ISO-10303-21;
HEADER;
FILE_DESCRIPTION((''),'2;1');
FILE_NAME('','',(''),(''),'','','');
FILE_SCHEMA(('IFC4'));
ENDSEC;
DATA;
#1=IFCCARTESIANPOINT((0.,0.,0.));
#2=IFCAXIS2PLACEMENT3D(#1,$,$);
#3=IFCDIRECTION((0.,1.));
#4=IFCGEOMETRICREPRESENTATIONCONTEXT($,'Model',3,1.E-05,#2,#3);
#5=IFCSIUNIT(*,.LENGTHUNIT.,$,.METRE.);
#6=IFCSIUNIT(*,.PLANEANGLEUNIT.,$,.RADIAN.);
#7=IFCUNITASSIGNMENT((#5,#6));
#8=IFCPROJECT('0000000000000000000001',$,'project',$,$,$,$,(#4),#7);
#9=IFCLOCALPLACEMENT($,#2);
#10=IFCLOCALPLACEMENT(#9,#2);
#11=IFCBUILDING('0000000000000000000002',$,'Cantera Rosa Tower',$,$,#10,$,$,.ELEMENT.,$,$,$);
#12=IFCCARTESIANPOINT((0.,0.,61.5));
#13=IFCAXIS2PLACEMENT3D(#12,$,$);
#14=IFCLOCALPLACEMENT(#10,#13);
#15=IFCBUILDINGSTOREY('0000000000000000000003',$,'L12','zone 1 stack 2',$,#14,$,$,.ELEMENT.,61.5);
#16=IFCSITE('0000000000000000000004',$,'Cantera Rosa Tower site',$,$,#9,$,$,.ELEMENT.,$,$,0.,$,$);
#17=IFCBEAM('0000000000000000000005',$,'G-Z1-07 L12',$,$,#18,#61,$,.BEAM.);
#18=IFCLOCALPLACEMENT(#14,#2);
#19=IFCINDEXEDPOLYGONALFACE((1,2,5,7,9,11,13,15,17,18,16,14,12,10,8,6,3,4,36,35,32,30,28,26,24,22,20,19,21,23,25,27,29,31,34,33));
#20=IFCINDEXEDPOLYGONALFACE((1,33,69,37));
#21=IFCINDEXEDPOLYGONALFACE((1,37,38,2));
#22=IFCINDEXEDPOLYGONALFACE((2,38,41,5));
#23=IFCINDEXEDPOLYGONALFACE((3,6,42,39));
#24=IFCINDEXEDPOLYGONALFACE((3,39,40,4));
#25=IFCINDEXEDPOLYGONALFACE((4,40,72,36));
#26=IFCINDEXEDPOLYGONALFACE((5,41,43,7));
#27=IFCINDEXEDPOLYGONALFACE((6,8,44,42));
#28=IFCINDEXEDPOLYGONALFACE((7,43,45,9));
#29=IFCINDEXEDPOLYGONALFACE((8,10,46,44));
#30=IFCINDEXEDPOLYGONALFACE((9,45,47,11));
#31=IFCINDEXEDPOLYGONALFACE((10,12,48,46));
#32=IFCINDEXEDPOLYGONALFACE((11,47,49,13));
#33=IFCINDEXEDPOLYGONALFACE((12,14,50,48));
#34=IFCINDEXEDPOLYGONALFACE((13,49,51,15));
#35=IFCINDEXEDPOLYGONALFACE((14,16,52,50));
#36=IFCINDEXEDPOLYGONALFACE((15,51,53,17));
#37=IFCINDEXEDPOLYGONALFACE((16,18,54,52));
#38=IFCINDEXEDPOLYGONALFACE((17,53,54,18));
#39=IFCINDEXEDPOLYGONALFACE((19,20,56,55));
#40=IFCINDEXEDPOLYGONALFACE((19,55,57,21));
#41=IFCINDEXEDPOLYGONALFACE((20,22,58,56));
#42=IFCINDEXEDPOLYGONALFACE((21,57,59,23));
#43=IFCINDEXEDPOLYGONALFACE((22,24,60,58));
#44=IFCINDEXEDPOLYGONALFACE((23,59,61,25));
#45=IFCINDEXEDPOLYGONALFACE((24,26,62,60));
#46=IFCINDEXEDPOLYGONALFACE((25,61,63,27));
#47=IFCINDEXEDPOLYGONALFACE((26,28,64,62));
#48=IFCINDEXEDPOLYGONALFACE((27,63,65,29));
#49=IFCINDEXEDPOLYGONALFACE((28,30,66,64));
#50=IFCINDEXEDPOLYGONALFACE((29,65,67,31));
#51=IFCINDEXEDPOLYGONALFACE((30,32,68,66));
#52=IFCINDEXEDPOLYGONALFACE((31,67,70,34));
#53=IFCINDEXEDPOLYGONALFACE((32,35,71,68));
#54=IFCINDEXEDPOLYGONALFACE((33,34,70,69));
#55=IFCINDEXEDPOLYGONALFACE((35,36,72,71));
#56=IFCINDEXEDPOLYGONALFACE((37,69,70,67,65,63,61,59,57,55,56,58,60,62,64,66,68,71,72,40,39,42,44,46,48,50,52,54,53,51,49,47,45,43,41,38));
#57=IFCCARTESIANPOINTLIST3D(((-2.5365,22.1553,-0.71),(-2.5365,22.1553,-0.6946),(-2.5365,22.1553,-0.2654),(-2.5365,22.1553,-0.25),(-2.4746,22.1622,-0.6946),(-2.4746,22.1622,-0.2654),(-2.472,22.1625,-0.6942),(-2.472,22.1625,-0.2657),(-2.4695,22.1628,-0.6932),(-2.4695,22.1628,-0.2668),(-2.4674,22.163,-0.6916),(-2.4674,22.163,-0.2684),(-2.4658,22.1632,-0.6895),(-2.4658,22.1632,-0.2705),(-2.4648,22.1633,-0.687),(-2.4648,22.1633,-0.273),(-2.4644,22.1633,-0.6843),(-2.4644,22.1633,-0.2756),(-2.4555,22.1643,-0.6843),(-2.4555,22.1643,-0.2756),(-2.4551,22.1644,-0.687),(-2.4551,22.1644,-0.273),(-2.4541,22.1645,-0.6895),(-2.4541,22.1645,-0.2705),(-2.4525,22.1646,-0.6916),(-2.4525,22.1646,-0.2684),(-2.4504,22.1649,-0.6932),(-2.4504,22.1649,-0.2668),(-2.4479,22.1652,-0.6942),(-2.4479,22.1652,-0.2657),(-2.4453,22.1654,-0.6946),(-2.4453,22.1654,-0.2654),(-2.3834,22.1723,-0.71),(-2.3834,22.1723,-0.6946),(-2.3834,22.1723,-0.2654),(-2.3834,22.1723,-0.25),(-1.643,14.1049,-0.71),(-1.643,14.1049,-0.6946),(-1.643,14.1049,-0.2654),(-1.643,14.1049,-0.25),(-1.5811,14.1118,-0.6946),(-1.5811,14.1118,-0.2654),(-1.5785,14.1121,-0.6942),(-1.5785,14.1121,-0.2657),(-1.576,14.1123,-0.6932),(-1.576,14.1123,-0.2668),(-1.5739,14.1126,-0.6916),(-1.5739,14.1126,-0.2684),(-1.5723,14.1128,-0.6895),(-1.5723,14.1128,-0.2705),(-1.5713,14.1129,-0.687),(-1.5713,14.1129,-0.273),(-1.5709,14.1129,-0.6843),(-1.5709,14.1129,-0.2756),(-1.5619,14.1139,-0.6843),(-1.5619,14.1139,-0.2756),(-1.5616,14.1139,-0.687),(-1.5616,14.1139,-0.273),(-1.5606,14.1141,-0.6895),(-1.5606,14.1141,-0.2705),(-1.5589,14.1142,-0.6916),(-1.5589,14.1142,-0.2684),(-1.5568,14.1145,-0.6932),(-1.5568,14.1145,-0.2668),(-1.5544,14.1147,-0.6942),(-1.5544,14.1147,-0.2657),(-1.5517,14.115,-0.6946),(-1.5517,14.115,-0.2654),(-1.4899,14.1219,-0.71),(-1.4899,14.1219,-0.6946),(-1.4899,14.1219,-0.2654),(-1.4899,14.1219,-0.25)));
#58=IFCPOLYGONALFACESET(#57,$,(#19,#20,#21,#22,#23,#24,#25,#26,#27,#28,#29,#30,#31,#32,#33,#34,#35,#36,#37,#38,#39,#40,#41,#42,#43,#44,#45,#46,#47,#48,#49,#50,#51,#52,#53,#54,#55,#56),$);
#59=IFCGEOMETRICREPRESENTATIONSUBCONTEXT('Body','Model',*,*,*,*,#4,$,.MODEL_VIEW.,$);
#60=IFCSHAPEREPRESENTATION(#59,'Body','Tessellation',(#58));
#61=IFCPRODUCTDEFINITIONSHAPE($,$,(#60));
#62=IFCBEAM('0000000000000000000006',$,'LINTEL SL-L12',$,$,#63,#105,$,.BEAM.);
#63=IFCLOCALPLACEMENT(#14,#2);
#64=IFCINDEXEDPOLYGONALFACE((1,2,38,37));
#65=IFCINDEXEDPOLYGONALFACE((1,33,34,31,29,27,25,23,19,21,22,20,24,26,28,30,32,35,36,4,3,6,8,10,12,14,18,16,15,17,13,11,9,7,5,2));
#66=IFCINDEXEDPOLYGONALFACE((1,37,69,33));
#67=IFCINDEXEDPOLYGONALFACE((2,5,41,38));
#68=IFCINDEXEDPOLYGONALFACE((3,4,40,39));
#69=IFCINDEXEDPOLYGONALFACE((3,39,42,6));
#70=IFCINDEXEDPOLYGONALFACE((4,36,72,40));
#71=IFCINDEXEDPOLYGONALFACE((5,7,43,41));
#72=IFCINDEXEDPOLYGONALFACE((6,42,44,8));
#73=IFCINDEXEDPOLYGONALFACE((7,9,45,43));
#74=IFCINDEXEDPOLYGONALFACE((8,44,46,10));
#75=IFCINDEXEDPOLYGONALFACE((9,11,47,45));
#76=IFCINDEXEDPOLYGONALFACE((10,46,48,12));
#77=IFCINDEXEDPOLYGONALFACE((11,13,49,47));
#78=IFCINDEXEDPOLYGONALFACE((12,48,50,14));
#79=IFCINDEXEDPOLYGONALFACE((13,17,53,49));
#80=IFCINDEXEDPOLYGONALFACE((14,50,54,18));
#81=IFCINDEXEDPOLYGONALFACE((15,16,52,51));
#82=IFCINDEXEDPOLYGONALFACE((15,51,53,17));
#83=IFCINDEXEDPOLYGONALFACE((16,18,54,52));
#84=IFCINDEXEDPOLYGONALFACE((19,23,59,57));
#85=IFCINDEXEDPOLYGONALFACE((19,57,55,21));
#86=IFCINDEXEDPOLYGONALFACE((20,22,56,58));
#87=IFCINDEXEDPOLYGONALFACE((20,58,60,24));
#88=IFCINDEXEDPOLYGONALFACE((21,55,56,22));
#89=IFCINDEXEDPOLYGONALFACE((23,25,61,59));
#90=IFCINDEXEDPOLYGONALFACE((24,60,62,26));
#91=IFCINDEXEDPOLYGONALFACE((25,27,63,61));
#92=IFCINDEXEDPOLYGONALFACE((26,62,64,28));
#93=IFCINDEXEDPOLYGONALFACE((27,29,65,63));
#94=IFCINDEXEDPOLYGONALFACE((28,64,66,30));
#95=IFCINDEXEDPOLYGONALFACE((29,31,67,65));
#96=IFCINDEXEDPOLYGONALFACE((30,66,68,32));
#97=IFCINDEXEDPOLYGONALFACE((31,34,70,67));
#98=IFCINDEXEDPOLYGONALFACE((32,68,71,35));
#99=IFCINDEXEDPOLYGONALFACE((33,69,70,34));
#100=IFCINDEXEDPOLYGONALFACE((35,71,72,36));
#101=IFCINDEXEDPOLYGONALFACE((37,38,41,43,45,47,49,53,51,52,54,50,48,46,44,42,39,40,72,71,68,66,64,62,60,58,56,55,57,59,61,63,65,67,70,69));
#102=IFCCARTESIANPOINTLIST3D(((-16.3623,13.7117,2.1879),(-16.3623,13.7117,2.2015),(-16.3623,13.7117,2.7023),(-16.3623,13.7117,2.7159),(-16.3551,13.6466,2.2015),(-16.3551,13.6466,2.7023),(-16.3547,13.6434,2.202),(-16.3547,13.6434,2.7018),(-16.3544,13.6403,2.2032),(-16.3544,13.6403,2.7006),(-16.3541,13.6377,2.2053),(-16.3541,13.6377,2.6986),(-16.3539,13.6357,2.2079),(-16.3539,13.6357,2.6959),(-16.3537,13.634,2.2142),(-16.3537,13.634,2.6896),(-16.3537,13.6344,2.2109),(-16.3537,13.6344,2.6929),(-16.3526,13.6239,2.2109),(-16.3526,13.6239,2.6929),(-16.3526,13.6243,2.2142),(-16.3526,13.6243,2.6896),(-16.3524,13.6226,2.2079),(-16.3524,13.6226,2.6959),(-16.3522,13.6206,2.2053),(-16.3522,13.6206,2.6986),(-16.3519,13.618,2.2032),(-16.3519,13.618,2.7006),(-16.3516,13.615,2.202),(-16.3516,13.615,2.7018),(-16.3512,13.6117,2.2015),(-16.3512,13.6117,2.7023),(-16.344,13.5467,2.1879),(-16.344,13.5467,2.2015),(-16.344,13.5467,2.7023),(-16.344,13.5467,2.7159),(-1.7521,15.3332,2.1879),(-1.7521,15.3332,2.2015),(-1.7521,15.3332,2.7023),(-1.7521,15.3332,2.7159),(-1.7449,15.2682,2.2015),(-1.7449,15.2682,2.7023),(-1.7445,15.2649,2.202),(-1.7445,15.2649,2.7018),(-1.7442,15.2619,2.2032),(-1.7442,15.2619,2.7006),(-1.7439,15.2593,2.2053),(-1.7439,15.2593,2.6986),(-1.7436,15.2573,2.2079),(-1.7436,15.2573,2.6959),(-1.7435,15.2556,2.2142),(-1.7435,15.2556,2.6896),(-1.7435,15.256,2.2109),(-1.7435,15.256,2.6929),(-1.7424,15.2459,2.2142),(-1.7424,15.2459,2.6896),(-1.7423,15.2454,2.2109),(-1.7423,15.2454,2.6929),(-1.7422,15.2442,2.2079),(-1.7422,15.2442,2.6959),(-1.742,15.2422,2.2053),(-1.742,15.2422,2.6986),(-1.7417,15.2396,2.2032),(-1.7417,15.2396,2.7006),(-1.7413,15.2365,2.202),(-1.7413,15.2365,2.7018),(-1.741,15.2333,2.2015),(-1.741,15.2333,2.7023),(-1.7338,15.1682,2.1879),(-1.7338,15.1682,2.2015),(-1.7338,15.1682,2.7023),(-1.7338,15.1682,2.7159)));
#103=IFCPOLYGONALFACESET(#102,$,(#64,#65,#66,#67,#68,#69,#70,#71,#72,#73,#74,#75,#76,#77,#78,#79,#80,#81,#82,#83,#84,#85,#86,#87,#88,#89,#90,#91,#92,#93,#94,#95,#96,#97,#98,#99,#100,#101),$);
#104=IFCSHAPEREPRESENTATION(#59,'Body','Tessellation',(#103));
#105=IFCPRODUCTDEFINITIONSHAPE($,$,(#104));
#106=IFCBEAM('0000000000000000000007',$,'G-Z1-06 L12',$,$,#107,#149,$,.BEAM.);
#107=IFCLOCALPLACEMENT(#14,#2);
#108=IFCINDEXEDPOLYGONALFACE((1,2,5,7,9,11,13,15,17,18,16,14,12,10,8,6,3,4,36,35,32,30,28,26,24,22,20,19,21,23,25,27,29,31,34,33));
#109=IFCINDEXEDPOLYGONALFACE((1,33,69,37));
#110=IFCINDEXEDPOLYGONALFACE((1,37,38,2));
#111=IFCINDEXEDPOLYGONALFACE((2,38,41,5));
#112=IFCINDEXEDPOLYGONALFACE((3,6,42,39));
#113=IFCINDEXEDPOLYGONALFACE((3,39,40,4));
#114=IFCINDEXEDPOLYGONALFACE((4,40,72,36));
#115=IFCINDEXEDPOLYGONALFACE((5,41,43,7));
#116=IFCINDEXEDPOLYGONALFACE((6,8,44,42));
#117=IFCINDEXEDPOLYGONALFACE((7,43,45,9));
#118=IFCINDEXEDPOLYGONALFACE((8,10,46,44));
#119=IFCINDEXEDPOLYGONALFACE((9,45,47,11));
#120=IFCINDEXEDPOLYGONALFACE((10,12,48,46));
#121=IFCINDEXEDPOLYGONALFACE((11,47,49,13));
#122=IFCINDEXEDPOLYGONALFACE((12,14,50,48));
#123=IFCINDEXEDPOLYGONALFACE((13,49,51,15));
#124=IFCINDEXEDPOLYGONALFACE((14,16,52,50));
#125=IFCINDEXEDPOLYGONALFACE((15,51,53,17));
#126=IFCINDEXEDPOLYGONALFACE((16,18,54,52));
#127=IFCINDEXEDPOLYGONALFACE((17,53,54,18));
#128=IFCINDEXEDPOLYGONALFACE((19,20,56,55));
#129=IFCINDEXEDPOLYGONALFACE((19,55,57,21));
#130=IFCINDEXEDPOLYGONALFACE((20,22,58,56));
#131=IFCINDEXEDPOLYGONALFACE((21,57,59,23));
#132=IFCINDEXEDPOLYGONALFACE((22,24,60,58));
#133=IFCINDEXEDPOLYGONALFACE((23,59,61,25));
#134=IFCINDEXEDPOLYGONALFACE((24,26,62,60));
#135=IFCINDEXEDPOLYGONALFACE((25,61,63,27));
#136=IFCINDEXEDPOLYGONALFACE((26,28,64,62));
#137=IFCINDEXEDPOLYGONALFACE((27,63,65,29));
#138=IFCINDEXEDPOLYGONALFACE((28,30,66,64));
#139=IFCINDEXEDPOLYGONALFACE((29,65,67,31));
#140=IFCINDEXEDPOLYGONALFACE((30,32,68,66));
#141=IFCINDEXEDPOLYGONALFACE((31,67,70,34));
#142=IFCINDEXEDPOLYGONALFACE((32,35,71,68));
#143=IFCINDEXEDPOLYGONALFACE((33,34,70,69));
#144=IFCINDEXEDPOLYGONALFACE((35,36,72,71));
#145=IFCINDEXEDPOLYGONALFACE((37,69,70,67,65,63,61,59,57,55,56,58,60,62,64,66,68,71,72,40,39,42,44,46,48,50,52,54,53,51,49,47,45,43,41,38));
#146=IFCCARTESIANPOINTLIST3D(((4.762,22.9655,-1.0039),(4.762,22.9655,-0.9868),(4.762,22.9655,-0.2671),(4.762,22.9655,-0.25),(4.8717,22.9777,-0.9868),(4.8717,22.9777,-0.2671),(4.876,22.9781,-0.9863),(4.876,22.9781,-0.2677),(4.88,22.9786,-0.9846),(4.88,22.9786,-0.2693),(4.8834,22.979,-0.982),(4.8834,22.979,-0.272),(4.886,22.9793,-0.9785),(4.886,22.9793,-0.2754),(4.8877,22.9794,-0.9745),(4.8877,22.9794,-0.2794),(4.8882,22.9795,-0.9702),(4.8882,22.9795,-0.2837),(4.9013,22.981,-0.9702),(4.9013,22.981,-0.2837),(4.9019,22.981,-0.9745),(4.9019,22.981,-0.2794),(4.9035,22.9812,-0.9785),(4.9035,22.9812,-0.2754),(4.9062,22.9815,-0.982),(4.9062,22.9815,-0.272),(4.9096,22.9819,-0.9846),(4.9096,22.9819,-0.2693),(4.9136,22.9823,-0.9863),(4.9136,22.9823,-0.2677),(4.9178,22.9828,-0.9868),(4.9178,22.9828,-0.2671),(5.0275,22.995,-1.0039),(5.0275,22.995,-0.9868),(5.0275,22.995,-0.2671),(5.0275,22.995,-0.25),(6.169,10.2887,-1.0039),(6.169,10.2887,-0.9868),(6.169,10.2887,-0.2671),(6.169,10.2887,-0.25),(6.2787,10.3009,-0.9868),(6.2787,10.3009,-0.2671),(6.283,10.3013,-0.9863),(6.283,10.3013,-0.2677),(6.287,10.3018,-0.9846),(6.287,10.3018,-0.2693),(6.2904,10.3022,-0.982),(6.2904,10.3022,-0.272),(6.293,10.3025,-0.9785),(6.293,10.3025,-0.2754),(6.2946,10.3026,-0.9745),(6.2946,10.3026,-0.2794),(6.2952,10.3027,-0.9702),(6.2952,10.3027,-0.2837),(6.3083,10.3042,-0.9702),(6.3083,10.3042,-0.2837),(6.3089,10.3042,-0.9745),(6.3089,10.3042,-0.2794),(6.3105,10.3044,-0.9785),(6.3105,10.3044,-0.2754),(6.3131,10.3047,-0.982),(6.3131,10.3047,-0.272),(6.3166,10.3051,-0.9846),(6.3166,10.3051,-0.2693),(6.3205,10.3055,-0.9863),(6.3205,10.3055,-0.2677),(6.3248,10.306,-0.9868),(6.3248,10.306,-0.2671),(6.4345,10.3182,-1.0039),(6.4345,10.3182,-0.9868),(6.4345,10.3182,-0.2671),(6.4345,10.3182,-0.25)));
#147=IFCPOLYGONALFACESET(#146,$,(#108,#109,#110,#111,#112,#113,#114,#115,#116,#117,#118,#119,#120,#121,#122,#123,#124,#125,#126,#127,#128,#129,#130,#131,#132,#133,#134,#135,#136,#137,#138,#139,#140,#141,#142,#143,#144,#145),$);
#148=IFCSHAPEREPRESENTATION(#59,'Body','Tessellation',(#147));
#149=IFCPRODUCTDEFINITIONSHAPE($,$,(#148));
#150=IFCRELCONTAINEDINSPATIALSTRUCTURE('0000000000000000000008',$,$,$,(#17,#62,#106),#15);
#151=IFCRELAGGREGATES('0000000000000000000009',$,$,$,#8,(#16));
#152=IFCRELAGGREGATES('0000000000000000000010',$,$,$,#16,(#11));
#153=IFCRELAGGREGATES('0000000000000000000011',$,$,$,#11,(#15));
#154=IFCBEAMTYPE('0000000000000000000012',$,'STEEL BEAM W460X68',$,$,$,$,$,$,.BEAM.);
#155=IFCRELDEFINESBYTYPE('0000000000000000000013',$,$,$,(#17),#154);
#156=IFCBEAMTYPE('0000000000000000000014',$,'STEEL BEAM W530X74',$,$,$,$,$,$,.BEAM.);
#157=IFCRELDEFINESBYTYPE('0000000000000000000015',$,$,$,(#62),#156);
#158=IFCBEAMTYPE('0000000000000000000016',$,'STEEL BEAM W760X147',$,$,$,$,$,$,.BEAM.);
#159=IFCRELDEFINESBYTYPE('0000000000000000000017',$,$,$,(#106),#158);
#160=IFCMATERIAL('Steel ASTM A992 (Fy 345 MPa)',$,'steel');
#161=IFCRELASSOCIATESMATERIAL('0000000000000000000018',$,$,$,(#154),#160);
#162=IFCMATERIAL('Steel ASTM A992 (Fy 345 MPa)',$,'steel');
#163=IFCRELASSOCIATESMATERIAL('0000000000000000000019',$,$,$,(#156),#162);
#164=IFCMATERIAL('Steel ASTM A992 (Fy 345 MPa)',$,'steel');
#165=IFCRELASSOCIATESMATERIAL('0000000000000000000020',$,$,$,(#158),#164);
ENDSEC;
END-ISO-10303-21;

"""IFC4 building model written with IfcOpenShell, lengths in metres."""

from ifc_helpers import new_model, si_unit, direction, frame, origin, origin_2d, place, context, subcontext, project, spatial, i_section, extrude, material, material_profile, profile_set, type_object, element, save


model = new_model("IFC4")

# Units and contexts
model_context = context("Model", 3, precision=1e-05, world=origin(), true_north=direction((0.0, 1.0)))
body_context = subcontext(model_context, "Body", "Model", "MODEL_VIEW")
ifc_project = project(units=[si_unit("LENGTHUNIT", "METRE"), si_unit("PLANEANGLEUNIT", "RADIAN")], contexts=[model_context])

# Site, building, storey
site_placement = place(None, origin())
site = spatial("IfcSite", under=ifc_project, at=site_placement, Name="Cantera Rosa Tower site", CompositionType="ELEMENT", RefElevation=0.0)
building_placement = place(site_placement, origin())
building = spatial("IfcBuilding", under=site, at=building_placement, Name="Cantera Rosa Tower", CompositionType="ELEMENT")
storey_placement = place(building_placement, frame((0.0, 0.0, 61.5)))
storey = spatial("IfcBuildingStorey", under=building, at=storey_placement, Name="L12", Description="zone 1 stack 2", CompositionType="ELEMENT", Elevation=61.5)

# Beams
ifc_material_1 = material(Name="Steel ASTM A992 (Fy 345 MPa)", Category="steel")
ifc_material_profile_1 = material_profile(ifc_material_1, i_section(OverallWidth=0.1541, OverallDepth=0.46, WebThickness=0.009, FlangeThickness=0.0154, FilletRadius=0.0103, at=origin_2d()), Name="W460X68")
ifc_profile_set_1 = profile_set([ifc_material_profile_1], Name="Steel ASTM A992 (Fy 345 MPa)")
beam_type_1 = type_object("IfcBeamType", Name="STEEL BEAM W460X68", PredefinedType="BEAM", material=ifc_profile_set_1)
beam_1_placement = place(storey_placement, frame((-2.46, 22.1638, -0.48), z_axis=(0.110316, -0.993897, 0.0), x_axis=(0.993897, 0.110316, 0.0)))
element("IfcBeam", 1, at=beam_1_placement, inside=storey, type_object=beam_type_1, Name="G-Z1-07 L12", PredefinedType="BEAM", context=body_context, shape_type="SweptSolid", body=[
    extrude(i_section(OverallWidth=0.1541, OverallDepth=0.46, WebThickness=0.009, FlangeThickness=0.0154, FilletRadius=0.0103, at=origin_2d()), origin(), (0.0, 0.0, 1.0), 8.0999),
])
ifc_material_2 = material(Name="Steel ASTM A992 (Fy 345 MPa)", Category="steel")
ifc_material_profile_2 = material_profile(ifc_material_2, i_section(OverallWidth=0.166, OverallDepth=0.5281, WebThickness=0.0098, FlangeThickness=0.0137, FilletRadius=0.0127, at=origin_2d()), Name="W530X74")
ifc_profile_set_2 = profile_set([ifc_material_profile_2], Name="Steel ASTM A992 (Fy 345 MPa)")
beam_type_2 = type_object("IfcBeamType", Name="STEEL BEAM W530X74", PredefinedType="BEAM", material=ifc_profile_set_2)
beam_2_placement = place(storey_placement, frame((-1.7429, 15.2507, 2.4519), z_axis=(-0.993897, -0.110311, 0.0), x_axis=(0.110311, -0.993897, 0.0)))
element("IfcBeam", 2, at=beam_2_placement, inside=storey, type_object=beam_type_2, Name="LINTEL SL-L12", PredefinedType="BEAM", context=body_context, shape_type="SweptSolid", body=[
    extrude(i_section(OverallWidth=0.166, OverallDepth=0.5281, WebThickness=0.0098, FlangeThickness=0.0137, FilletRadius=0.0127, at=origin_2d()), origin(), (0.0, 0.0, 1.0), 14.7),
])
ifc_material_3 = material(Name="Steel ASTM A992 (Fy 345 MPa)", Category="steel")
ifc_material_profile_3 = material_profile(ifc_material_3, i_section(OverallWidth=0.2671, OverallDepth=0.7539, WebThickness=0.0132, FlangeThickness=0.0171, FilletRadius=0.0166, at=origin_2d()), Name="W760X147")
ifc_profile_set_3 = profile_set([ifc_material_profile_3], Name="Steel ASTM A992 (Fy 345 MPa)")
beam_type_3 = type_object("IfcBeamType", Name="STEEL BEAM W760X147", PredefinedType="BEAM", material=ifc_profile_set_3)
beam_3_placement = place(storey_placement, frame((4.8948, 22.9802, -0.627), z_axis=(0.110312, -0.993897, 0.0), x_axis=(0.993897, 0.110312, 0.0)))
element("IfcBeam", 3, at=beam_3_placement, inside=storey, type_object=beam_type_3, Name="G-Z1-06 L12", PredefinedType="BEAM", context=body_context, shape_type="SweptSolid", body=[
    extrude(i_section(OverallWidth=0.2671, OverallDepth=0.7539, WebThickness=0.0132, FlangeThickness=0.0171, FilletRadius=0.0166, at=origin_2d()), origin(), (0.0, 0.0, 1.0), 12.7546),
])

save(model, "model.ifc")
